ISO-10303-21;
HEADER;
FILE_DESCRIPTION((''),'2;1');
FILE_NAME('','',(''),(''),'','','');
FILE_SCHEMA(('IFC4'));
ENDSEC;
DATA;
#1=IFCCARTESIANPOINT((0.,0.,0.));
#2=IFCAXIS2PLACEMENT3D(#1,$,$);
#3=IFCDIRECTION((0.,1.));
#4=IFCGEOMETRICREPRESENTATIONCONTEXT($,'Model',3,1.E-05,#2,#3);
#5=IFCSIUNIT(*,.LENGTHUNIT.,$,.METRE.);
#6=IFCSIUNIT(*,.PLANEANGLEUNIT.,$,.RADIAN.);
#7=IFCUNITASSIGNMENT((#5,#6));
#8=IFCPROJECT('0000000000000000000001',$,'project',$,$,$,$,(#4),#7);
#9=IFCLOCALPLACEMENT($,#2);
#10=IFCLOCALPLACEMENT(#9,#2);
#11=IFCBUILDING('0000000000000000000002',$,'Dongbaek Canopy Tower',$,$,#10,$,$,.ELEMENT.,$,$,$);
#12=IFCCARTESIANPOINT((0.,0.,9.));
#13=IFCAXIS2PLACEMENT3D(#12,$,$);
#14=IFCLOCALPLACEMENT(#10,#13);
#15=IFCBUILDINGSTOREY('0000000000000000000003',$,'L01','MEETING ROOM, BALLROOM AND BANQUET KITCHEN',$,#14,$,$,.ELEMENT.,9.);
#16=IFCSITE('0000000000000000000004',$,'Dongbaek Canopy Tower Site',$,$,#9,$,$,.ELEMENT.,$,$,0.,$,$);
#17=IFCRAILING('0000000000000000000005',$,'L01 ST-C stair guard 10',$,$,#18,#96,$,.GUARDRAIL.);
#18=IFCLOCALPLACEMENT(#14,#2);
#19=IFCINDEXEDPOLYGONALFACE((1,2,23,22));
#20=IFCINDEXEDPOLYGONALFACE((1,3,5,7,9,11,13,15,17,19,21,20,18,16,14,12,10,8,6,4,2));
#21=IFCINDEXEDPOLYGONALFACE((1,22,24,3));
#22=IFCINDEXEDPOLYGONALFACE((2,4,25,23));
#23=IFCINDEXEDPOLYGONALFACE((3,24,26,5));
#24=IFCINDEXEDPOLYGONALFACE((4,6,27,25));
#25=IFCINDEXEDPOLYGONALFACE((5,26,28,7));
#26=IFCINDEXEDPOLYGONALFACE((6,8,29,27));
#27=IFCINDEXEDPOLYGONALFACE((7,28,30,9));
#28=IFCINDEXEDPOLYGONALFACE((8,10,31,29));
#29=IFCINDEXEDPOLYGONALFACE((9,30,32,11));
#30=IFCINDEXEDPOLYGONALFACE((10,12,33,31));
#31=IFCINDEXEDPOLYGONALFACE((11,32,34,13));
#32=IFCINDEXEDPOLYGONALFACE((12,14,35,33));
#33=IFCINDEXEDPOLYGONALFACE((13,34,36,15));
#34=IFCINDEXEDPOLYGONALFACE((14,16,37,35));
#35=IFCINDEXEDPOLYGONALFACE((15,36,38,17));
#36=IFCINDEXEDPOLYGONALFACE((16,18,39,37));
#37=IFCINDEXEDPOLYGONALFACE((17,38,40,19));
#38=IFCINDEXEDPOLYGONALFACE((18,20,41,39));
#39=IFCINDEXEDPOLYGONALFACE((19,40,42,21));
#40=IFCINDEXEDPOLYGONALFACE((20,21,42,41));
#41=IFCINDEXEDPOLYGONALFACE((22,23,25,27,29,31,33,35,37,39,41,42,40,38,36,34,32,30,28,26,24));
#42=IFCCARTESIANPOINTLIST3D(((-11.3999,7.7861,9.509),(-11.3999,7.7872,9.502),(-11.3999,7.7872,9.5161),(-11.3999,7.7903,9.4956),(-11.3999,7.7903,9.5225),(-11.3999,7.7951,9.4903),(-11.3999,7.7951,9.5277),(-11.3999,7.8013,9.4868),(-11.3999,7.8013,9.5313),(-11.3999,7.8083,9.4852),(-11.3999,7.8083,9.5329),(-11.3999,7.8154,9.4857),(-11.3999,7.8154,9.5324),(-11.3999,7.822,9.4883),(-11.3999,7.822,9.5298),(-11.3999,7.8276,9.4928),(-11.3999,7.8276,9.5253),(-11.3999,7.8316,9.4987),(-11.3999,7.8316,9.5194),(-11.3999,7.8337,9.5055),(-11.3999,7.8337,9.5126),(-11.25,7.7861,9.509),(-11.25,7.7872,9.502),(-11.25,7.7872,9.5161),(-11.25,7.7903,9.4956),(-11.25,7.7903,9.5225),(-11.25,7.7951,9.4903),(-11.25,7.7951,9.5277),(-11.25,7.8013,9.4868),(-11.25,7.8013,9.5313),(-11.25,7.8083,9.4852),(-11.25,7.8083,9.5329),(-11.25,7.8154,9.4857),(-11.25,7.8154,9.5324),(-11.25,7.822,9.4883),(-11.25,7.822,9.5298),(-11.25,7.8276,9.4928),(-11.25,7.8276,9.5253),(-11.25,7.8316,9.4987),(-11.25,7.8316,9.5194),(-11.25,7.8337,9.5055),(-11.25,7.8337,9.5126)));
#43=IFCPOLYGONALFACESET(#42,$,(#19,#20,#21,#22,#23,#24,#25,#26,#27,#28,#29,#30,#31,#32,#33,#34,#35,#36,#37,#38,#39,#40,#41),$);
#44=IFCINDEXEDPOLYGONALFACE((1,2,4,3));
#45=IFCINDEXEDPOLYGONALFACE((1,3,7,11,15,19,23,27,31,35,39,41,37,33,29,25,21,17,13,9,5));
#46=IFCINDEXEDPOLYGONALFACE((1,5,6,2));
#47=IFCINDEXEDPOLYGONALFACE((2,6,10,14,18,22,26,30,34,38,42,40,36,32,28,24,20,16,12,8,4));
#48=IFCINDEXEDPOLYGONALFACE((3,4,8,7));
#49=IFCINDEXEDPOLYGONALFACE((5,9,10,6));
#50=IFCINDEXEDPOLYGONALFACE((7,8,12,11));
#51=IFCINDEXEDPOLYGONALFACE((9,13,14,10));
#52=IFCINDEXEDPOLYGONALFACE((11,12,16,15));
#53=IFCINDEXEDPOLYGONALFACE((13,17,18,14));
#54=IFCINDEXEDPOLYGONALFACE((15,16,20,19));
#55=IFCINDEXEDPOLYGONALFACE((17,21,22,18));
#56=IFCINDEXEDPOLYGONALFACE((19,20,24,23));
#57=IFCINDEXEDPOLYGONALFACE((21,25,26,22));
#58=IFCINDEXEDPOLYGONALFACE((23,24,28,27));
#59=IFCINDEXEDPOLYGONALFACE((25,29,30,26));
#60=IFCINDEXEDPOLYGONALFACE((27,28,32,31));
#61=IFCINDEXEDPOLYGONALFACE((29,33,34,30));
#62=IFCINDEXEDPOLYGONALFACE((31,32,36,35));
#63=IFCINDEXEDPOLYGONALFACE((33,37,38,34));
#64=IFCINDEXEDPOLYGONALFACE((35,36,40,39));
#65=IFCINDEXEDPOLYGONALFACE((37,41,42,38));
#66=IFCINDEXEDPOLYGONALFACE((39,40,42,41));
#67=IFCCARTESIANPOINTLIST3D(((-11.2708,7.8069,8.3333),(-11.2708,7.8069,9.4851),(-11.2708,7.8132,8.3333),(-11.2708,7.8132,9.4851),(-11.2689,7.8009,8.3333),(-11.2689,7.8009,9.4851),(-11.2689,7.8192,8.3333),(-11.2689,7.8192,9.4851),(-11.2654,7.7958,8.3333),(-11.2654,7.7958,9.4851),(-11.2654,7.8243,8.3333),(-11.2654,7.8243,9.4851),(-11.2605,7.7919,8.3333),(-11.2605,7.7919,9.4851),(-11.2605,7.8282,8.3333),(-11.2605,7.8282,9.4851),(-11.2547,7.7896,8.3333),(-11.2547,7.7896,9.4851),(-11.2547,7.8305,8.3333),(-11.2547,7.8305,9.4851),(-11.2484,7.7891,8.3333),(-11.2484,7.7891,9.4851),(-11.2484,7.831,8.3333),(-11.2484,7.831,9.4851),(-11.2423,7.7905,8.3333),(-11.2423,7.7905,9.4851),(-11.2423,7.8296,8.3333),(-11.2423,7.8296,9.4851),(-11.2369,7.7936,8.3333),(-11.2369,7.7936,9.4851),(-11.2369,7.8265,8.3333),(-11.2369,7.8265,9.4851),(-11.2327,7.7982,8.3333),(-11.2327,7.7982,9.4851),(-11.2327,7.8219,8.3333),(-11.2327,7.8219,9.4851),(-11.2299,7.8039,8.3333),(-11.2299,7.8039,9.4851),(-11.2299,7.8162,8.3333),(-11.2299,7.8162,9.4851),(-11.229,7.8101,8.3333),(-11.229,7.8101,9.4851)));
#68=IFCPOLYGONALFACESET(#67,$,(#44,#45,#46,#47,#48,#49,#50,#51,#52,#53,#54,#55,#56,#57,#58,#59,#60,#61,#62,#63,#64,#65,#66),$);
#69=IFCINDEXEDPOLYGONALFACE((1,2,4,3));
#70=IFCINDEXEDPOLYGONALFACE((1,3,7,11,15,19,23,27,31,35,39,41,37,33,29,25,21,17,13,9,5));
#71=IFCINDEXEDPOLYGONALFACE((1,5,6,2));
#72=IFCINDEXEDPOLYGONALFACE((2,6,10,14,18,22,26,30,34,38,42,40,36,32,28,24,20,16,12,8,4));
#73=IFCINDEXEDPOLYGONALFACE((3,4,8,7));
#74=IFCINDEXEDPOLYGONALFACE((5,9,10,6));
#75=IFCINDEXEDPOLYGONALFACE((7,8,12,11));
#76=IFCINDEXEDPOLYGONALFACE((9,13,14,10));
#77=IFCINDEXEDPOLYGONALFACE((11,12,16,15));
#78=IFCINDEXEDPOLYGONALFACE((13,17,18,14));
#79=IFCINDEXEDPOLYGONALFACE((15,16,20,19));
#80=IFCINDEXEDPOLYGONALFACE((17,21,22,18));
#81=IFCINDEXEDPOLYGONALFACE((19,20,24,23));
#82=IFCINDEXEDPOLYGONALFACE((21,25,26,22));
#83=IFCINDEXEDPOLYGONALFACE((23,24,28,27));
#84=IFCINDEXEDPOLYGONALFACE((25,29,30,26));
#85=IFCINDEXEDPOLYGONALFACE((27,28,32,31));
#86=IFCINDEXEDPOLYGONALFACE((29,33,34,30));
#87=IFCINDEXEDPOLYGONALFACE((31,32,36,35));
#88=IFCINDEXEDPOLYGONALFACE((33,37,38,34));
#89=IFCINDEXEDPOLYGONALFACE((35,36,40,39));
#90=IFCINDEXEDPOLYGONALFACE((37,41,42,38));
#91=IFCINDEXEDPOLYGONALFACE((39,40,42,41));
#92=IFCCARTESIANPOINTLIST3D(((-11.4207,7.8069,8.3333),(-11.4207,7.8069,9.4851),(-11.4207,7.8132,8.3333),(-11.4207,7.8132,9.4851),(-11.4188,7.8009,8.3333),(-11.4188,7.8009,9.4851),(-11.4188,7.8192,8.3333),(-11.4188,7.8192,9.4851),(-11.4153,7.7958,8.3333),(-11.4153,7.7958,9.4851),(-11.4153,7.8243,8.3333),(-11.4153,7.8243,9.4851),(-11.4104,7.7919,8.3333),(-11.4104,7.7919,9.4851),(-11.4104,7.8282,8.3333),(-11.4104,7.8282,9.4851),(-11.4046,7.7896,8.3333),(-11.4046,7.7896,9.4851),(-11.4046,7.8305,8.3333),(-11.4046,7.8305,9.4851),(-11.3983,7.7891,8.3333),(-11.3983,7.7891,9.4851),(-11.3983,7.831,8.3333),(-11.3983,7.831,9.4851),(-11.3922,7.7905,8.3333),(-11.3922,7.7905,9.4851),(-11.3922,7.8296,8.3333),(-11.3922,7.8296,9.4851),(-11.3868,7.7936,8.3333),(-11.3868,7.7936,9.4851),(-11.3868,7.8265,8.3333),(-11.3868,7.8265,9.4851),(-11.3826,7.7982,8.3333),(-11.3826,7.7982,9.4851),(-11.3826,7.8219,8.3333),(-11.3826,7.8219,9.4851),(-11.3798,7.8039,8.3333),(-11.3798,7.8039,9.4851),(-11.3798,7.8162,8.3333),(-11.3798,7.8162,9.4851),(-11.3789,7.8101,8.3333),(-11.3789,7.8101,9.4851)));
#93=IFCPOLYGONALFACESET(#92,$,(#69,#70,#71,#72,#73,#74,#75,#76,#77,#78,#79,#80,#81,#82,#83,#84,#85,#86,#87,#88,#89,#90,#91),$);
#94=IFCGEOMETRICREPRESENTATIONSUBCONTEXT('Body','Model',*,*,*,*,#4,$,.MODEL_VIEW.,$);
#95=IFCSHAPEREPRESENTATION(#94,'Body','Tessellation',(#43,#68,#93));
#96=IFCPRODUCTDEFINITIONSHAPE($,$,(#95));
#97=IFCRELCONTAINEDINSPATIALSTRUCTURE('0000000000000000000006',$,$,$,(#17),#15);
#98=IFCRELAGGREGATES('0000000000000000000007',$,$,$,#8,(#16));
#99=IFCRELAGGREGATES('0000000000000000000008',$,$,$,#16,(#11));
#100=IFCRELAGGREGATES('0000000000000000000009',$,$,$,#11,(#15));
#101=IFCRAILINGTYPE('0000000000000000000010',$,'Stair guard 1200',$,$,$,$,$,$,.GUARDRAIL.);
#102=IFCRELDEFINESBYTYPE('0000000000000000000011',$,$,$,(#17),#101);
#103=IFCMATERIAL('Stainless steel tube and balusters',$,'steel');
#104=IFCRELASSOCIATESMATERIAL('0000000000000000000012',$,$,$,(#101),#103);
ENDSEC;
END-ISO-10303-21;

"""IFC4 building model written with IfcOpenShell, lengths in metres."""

from ifc_helpers import new_model, si_unit, direction, frame, origin, origin_2d, place, context, subcontext, project, spatial, circle, extrude, material, type_object, element, save


model = new_model("IFC4")

# Units and contexts
model_context = context("Model", 3, precision=1e-05, world=origin(), true_north=direction((0.0, 1.0)))
body_context = subcontext(model_context, "Body", "Model", "MODEL_VIEW")
ifc_project = project(units=[si_unit("LENGTHUNIT", "METRE"), si_unit("PLANEANGLEUNIT", "RADIAN")], contexts=[model_context])

# Site, building, storey
site_placement = place(None, origin())
site = spatial("IfcSite", under=ifc_project, at=site_placement, Name="Dongbaek Canopy Tower Site", CompositionType="ELEMENT", RefElevation=0.0)
building_placement = place(site_placement, origin())
building = spatial("IfcBuilding", under=site, at=building_placement, Name="Dongbaek Canopy Tower", CompositionType="ELEMENT")
storey_placement = place(building_placement, frame((0.0, 0.0, 9.0)))
storey = spatial("IfcBuildingStorey", under=building, at=storey_placement, Name="L01", Description="MEETING ROOM, BALLROOM AND BANQUET KITCHEN", CompositionType="ELEMENT", Elevation=9.0)

# Railing
ifc_material_1 = material(Name="Stainless steel tube and balusters", Category="steel")
railing_type_1 = type_object("IfcRailingType", Name="Stair guard 1200", PredefinedType="GUARDRAIL", material=ifc_material_1)
railing_1_placement = place(storey_placement, frame((-11.25, 7.8101, 8.3333)))
element("IfcRailing", 1, at=railing_1_placement, inside=storey, type_object=railing_type_1, Name="L01 ST-C stair guard 10", PredefinedType="GUARDRAIL", context=body_context, shape_type="SweptSolid", body=[
    extrude(circle(Radius=0.0239, at=origin_2d()), frame((0.0, 0.0, 1.1758), z_axis=(-1.0, 0.0, 0.0), x_axis=(0.0, -1.0, 0.0)), (0.0, 0.0, 1.0), 0.1499),
    extrude(circle(Radius=0.021, at=origin_2d()), origin(), (0.0, 0.0, 1.0), 1.1519),
    extrude(circle(Radius=0.021, at=origin_2d()), frame((-0.1499, 0.0, 0.0)), (0.0, 0.0, 1.0), 1.1519),
])

save(model, "model.ifc")
